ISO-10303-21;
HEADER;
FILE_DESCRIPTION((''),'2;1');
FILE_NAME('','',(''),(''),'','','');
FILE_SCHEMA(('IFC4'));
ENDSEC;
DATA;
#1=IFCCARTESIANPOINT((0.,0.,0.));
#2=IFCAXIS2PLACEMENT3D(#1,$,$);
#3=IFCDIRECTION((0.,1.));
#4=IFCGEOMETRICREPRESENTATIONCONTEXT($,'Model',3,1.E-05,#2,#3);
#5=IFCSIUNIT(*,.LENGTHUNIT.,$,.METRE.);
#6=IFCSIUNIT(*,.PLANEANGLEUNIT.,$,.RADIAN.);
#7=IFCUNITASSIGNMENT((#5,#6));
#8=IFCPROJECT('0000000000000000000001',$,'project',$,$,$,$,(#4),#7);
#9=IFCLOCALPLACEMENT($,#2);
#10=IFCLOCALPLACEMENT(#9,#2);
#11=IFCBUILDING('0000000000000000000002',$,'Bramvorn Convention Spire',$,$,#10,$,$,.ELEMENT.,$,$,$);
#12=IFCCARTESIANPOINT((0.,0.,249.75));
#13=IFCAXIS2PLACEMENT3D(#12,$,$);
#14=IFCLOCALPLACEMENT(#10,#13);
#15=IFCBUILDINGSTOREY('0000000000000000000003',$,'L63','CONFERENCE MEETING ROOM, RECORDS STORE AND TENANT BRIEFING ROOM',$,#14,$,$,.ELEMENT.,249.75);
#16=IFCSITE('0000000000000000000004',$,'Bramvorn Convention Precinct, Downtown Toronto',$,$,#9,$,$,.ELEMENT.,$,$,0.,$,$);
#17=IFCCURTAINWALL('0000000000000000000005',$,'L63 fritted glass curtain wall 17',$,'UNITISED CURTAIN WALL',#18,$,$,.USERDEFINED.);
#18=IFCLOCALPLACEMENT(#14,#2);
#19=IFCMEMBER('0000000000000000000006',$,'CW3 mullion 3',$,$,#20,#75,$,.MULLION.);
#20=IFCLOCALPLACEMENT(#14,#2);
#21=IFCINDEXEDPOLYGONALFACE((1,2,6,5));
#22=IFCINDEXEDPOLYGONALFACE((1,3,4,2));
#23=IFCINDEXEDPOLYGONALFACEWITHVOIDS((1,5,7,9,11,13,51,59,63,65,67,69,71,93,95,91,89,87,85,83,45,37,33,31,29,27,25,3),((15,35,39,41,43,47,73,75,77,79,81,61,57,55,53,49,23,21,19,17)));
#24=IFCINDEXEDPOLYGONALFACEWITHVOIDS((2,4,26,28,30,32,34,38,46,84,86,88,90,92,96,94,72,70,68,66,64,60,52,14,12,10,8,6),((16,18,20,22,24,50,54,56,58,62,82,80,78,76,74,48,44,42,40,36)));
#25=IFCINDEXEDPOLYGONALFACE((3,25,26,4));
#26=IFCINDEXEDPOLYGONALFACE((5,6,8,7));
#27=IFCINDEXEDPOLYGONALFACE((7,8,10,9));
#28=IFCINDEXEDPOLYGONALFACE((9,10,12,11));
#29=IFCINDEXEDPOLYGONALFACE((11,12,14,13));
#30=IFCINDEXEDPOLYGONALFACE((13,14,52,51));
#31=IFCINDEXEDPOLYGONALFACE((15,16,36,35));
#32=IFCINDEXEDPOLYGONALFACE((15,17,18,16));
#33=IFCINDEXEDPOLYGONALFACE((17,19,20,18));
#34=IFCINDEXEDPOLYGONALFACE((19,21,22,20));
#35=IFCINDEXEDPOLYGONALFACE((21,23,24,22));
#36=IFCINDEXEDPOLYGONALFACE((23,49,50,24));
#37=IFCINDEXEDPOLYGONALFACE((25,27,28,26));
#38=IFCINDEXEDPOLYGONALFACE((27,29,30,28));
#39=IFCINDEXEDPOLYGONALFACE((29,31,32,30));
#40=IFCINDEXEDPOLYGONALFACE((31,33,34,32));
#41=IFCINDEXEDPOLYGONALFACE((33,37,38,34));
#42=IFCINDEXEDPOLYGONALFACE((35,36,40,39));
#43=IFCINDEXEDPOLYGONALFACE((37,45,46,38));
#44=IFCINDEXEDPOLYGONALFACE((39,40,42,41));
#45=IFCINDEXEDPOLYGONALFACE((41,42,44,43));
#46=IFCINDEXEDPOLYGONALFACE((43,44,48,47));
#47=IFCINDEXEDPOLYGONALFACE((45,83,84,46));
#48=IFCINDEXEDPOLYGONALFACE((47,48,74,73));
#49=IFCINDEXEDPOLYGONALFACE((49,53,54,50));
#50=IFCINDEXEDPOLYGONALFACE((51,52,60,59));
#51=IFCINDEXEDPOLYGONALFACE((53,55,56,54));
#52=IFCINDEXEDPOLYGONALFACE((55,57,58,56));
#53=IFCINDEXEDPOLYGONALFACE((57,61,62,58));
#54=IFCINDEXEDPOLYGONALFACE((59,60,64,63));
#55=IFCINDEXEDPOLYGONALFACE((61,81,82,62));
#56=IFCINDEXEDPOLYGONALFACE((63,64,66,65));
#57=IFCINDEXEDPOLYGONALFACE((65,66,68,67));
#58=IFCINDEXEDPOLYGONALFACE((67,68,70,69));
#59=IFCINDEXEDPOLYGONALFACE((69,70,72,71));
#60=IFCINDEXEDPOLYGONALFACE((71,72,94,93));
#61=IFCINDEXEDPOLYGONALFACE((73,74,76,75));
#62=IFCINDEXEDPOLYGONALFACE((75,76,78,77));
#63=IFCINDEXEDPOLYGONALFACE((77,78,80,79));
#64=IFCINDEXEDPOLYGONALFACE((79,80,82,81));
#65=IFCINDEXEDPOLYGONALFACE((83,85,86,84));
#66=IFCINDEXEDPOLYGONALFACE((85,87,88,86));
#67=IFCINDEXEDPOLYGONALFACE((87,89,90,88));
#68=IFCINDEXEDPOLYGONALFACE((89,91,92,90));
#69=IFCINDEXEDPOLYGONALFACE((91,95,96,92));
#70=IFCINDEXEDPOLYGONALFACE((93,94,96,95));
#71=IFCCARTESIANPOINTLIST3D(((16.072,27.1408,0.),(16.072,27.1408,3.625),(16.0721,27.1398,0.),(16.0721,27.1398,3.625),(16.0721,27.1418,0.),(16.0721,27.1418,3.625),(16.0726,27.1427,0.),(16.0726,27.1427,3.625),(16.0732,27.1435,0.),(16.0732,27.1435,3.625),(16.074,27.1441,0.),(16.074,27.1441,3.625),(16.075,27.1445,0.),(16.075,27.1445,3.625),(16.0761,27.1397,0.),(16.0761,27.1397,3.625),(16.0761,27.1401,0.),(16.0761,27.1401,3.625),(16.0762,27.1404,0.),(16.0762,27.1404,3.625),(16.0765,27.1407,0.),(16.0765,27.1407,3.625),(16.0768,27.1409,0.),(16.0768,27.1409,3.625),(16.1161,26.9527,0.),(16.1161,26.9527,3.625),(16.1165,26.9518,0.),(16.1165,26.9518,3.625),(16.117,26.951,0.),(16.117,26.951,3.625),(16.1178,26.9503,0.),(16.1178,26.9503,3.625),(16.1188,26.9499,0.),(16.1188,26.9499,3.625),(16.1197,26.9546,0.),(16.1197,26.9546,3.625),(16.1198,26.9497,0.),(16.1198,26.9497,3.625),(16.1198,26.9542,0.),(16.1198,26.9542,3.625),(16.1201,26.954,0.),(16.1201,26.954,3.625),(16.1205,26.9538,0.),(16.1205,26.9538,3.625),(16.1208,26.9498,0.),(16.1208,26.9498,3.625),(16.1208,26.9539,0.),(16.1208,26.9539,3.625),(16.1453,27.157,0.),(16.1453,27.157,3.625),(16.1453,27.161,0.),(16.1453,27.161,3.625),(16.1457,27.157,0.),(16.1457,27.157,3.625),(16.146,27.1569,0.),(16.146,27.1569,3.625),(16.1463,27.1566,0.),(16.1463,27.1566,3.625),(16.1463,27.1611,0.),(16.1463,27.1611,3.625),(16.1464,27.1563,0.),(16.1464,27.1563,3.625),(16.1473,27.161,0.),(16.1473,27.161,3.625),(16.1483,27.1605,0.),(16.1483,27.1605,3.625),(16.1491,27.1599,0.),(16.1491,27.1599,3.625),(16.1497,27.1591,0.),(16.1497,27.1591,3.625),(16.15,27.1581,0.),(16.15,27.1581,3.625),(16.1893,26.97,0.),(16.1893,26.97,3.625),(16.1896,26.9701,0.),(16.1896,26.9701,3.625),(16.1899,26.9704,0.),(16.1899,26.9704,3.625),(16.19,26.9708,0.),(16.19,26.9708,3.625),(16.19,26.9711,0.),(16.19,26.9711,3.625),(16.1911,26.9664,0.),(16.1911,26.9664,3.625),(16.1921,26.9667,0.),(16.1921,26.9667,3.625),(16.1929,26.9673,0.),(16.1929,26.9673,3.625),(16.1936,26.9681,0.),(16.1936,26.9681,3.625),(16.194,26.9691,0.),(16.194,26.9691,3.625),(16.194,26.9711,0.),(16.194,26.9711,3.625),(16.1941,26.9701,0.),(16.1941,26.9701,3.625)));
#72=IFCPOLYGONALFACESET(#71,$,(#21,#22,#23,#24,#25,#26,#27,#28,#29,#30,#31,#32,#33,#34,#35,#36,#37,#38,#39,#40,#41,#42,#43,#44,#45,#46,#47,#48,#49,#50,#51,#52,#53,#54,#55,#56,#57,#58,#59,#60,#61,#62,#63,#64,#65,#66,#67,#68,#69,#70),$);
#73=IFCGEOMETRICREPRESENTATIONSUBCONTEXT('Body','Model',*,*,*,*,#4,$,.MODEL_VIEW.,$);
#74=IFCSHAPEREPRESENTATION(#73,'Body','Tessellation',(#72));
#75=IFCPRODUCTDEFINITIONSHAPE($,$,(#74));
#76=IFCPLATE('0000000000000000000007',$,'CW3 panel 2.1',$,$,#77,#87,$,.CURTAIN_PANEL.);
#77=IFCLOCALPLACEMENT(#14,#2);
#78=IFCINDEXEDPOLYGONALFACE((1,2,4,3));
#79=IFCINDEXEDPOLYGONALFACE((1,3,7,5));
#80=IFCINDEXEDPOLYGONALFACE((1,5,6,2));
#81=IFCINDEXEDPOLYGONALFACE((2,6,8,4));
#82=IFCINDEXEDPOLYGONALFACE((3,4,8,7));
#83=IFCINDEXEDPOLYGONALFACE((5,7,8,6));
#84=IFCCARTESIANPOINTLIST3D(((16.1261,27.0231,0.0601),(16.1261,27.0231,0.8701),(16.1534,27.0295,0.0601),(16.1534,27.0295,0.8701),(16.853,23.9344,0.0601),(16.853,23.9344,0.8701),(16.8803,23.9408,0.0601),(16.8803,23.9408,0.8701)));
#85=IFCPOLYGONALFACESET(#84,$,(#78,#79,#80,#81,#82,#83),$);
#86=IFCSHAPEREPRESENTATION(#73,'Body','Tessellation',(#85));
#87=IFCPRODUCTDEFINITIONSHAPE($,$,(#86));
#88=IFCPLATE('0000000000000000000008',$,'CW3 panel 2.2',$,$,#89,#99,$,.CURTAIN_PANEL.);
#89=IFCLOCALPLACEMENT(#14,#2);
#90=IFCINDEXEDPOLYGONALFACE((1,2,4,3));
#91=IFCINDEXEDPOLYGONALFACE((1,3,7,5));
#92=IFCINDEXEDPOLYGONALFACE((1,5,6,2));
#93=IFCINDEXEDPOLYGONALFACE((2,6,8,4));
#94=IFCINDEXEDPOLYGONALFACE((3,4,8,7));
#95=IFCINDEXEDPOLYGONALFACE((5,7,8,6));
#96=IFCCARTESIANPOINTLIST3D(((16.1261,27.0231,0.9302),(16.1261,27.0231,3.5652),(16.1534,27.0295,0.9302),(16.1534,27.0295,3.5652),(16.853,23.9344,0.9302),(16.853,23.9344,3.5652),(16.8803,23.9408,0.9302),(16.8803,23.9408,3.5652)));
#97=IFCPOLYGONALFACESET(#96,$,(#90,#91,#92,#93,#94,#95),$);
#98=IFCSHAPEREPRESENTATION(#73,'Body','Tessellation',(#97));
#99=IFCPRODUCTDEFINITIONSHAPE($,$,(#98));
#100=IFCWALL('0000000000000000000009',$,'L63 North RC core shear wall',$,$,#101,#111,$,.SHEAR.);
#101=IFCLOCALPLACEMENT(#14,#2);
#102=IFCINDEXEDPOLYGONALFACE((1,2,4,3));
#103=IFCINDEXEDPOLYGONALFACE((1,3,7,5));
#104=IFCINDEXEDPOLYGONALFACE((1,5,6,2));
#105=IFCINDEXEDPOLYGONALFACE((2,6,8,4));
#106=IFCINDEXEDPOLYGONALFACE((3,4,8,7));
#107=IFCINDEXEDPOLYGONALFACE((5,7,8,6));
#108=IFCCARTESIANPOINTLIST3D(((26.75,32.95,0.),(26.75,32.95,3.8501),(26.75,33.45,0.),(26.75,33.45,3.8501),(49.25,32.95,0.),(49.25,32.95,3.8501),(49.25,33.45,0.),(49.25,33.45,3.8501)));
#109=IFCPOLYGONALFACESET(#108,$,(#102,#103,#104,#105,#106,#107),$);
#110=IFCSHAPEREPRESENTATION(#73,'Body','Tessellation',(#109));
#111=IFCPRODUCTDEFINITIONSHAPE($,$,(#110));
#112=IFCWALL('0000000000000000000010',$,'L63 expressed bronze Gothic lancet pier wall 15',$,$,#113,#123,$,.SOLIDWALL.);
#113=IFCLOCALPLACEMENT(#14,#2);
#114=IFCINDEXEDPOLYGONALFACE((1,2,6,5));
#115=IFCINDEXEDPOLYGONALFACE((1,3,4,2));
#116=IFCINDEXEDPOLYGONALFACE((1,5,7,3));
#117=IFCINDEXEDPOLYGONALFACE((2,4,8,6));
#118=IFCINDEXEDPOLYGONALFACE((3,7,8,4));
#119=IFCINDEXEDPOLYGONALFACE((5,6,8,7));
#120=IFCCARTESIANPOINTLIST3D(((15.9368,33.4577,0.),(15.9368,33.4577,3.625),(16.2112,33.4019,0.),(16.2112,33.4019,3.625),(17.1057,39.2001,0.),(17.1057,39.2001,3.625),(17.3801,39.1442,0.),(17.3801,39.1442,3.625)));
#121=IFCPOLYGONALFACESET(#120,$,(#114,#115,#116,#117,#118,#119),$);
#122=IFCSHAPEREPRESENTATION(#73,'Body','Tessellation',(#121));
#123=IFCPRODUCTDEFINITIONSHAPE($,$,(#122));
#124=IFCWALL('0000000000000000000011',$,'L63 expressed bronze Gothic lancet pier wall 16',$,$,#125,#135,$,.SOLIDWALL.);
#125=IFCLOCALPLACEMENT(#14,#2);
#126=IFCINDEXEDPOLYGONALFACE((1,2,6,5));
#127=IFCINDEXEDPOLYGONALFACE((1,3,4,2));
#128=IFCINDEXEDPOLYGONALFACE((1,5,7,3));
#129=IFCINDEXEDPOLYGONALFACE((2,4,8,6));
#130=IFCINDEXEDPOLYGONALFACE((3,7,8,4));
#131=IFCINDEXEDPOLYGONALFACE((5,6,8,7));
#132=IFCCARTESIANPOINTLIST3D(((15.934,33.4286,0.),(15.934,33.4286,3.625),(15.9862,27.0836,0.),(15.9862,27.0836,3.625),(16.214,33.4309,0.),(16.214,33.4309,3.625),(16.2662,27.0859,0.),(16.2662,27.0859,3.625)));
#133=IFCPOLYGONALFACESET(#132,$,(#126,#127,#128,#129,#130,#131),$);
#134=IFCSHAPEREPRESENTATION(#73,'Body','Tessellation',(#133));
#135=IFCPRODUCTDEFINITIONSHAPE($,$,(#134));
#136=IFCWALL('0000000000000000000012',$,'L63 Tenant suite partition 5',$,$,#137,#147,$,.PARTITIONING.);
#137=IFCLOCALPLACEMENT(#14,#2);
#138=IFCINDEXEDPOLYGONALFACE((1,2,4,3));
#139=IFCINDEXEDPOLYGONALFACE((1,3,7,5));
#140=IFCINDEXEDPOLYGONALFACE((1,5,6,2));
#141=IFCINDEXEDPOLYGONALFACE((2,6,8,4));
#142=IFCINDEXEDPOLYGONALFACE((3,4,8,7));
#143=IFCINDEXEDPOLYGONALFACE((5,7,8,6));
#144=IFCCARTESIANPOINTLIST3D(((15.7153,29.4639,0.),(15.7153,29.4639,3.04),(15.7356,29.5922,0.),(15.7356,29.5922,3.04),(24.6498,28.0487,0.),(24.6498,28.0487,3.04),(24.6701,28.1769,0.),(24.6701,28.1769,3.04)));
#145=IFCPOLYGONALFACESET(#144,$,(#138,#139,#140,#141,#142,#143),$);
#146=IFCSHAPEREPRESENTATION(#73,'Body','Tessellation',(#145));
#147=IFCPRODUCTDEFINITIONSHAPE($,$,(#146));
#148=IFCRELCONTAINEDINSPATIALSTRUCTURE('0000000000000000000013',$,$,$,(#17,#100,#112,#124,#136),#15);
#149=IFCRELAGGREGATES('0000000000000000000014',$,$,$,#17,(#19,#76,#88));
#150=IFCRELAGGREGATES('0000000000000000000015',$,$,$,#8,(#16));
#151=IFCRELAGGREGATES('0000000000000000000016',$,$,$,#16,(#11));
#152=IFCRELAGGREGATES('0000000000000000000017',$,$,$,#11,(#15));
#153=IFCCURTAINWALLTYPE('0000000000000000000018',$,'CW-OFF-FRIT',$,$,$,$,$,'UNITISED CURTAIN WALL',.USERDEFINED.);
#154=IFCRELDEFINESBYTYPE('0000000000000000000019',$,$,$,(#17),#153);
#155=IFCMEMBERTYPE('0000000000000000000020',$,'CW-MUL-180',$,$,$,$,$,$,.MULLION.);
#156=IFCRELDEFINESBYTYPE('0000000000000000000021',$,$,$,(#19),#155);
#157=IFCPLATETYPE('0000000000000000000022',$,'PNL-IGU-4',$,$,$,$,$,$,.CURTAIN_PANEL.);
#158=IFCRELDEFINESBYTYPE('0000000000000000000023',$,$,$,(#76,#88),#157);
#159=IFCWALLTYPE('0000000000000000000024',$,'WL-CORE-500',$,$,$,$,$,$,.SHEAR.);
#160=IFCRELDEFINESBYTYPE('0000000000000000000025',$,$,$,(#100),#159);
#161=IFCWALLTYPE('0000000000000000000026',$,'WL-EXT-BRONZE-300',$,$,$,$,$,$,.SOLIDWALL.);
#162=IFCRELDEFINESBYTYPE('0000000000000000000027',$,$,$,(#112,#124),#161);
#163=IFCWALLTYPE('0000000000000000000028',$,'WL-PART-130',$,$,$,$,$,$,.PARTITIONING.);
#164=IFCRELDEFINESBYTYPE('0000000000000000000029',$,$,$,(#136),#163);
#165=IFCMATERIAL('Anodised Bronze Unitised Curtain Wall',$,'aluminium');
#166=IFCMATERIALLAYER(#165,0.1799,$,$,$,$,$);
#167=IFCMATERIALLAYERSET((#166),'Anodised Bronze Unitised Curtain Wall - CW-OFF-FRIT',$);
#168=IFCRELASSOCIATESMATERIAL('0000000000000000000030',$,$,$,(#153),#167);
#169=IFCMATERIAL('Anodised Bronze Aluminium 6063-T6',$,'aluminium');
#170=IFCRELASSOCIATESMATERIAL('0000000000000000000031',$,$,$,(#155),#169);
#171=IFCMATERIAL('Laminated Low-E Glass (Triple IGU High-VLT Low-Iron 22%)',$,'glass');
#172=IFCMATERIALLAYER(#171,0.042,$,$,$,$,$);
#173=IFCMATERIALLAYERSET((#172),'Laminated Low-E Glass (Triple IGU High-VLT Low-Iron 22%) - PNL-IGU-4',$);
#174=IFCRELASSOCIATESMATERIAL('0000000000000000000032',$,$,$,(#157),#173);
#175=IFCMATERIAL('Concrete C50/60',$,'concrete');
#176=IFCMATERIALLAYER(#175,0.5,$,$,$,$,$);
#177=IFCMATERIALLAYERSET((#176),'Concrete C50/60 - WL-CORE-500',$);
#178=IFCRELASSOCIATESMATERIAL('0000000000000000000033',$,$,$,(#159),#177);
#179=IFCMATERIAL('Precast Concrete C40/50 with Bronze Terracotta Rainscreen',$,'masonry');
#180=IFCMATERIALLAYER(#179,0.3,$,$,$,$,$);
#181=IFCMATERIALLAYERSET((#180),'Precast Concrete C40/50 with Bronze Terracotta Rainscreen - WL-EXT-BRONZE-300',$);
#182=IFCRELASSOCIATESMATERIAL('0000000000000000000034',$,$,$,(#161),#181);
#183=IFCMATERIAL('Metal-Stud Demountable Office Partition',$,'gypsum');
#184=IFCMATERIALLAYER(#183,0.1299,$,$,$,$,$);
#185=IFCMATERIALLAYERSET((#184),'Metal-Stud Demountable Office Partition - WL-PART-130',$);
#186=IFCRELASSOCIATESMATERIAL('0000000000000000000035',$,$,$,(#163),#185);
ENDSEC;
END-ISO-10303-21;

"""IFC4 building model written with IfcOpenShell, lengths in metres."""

from ifc_helpers import new_model, si_unit, direction, frame, frame_2d, origin, origin_2d, place, context, subcontext, project, spatial, rectangle, hollow_rectangle, extrude, material, layer, layer_set, material_profile, profile_set, type_object, element, aggregate, save


model = new_model("IFC4")

# Units and contexts
model_context = context("Model", 3, precision=1e-05, world=origin(), true_north=direction((0.0, 1.0)))
body_context = subcontext(model_context, "Body", "Model", "MODEL_VIEW")
ifc_project = project(units=[si_unit("LENGTHUNIT", "METRE"), si_unit("PLANEANGLEUNIT", "RADIAN")], contexts=[model_context])

# Site, building, storey
site_placement = place(None, origin())
site = spatial("IfcSite", under=ifc_project, at=site_placement, Name="Bramvorn Convention Precinct, Downtown Toronto", CompositionType="ELEMENT", RefElevation=0.0)
building_placement = place(site_placement, origin())
building = spatial("IfcBuilding", under=site, at=building_placement, Name="Bramvorn Convention Spire", CompositionType="ELEMENT")
storey_placement = place(building_placement, frame((0.0, 0.0, 249.75)))
storey = spatial("IfcBuildingStorey", under=building, at=storey_placement, Name="L63", Description="CONFERENCE MEETING ROOM, RECORDS STORE AND TENANT BRIEFING ROOM", CompositionType="ELEMENT", Elevation=249.75)

# Curtain wall, member, plates
ifc_material_1 = material(Name="Anodised Bronze Unitised Curtain Wall", Category="aluminium")
ifc_layer_1 = layer(ifc_material_1, 0.1799)
ifc_layer_set_1 = layer_set([ifc_layer_1], Name="Anodised Bronze Unitised Curtain Wall - CW-OFF-FRIT")
curtain_wall_type = type_object("IfcCurtainWallType", Name="CW-OFF-FRIT", ElementType="UNITISED CURTAIN WALL", PredefinedType="USERDEFINED", material=ifc_layer_set_1)
curtain_wall_placement = place(storey_placement, origin())
curtain_wall = element("IfcCurtainWall", 1, at=curtain_wall_placement, inside=storey, type_object=curtain_wall_type, Name="L63 fritted glass curtain wall 17", ObjectType="UNITISED CURTAIN WALL", PredefinedType="USERDEFINED")
ifc_material_2 = material(Name="Anodised Bronze Aluminium 6063-T6", Category="aluminium")
ifc_material_profile_1 = material_profile(ifc_material_2, hollow_rectangle(XDim=0.0801, YDim=0.2, WallThickness=0.0039, InnerFilletRadius=0.001, OuterFilletRadius=0.0039, at=origin_2d()))
ifc_profile_set_1 = profile_set([ifc_material_profile_1], Name="Anodised Bronze Aluminium 6063-T6 - CWM80X200")
member_type = type_object("IfcMemberType", Name="CW-MUL-180", PredefinedType="MULLION", material=ifc_profile_set_1)
member_placement = place(storey_placement, frame((16.1331, 27.0554, 0.0), z_axis=(0.0, 0.0, 1.0), x_axis=(-0.973408, -0.229079, 0.0)))
member = element("IfcMember", 2, at=member_placement, type_object=member_type, Name="CW3 mullion 3", PredefinedType="MULLION", context=body_context, shape_type="SweptSolid", body=[
    extrude(hollow_rectangle(XDim=0.0801, YDim=0.2, WallThickness=0.0039, InnerFilletRadius=0.001, OuterFilletRadius=0.0039, at=origin_2d()), origin(), (0.0, 0.0, 1.0), 3.625),
])
ifc_material_3 = material(Name="Laminated Low-E Glass (Triple IGU High-VLT Low-Iron 22%)", Category="glass")
ifc_layer_2 = layer(ifc_material_3, 0.042)
ifc_layer_set_2 = layer_set([ifc_layer_2], Name="Laminated Low-E Glass (Triple IGU High-VLT Low-Iron 22%) - PNL-IGU-4")
plate_type = type_object("IfcPlateType", Name="PNL-IGU-4", PredefinedType="CURTAIN_PANEL", material=ifc_layer_set_2)
plate_1_placement = place(storey_placement, frame((16.5032, 25.4819, 0.0601), z_axis=(0.0, 0.0, 1.0), x_axis=(-0.229079, 0.973408, 0.0)))
plate_1 = element("IfcPlate", 3, at=plate_1_placement, type_object=plate_type, Name="CW3 panel 2.1", PredefinedType="CURTAIN_PANEL", context=body_context, shape_type="SweptSolid", body=[
    extrude(rectangle(XDim=3.1731, YDim=0.0281, at=origin_2d()), origin(), (0.0, 0.0, 1.0), 0.8101),
])
plate_2_placement = place(storey_placement, frame((16.5032, 25.4819, 0.9302), z_axis=(0.0, 0.0, 1.0), x_axis=(-0.229079, 0.973408, 0.0)))
plate_2 = element("IfcPlate", 4, at=plate_2_placement, type_object=plate_type, Name="CW3 panel 2.2", PredefinedType="CURTAIN_PANEL", context=body_context, shape_type="SweptSolid", body=[
    extrude(rectangle(XDim=3.1731, YDim=0.0281, at=origin_2d()), origin(), (0.0, 0.0, 1.0), 2.635),
])
aggregate(curtain_wall, [member, plate_1, plate_2])

# Wall
ifc_material_4 = material(Name="Concrete C50/60", Category="concrete")
ifc_layer_3 = layer(ifc_material_4, 0.5)
ifc_layer_set_3 = layer_set([ifc_layer_3], Name="Concrete C50/60 - WL-CORE-500")
wall_type_1 = type_object("IfcWallType", Name="WL-CORE-500", PredefinedType="SHEAR", material=ifc_layer_set_3)
wall_1_placement = place(storey_placement, frame((26.75, 33.2, 0.0), z_axis=(0.0, 0.0, 1.0), x_axis=(1.0, 0.0, 0.0)))
element("IfcWall", 5, at=wall_1_placement, inside=storey, type_object=wall_type_1, Name="L63 North RC core shear wall", PredefinedType="SHEAR", context=body_context, shape_type="SweptSolid", body=[
    extrude(rectangle(XDim=22.5, YDim=0.5, at=frame_2d((11.25, 0.0))), origin(), (0.0, 0.0, 1.0), 3.8501),
])

# Walls
ifc_material_5 = material(Name="Precast Concrete C40/50 with Bronze Terracotta Rainscreen", Category="masonry")
ifc_layer_4 = layer(ifc_material_5, 0.3)
ifc_layer_set_4 = layer_set([ifc_layer_4], Name="Precast Concrete C40/50 with Bronze Terracotta Rainscreen - WL-EXT-BRONZE-300")
wall_type_2 = type_object("IfcWallType", Name="WL-EXT-BRONZE-300", PredefinedType="SOLIDWALL", material=ifc_layer_set_4)
wall_2_placement = place(storey_placement, frame((16.074, 33.4297, 0.0), z_axis=(0.0, 0.0, 1.0), x_axis=(0.199472, 0.979904, 0.0)))
element("IfcWall", 6, at=wall_2_placement, inside=storey, type_object=wall_type_2, Name="L63 expressed bronze Gothic lancet pier wall 15", PredefinedType="SOLIDWALL", context=body_context, shape_type="SweptSolid", body=[
    extrude(rectangle(XDim=5.8601, YDim=0.28, at=frame_2d((2.9302, 0.0))), origin(), (0.0, 0.0, 1.0), 3.625),
])
wall_3_placement = place(storey_placement, frame((16.1262, 27.0847, 0.0), z_axis=(0.0, 0.0, 1.0), x_axis=(-0.008234, 0.999966, 0.0)))
element("IfcWall", 7, at=wall_3_placement, inside=storey, type_object=wall_type_2, Name="L63 expressed bronze Gothic lancet pier wall 16", PredefinedType="SOLIDWALL", context=body_context, shape_type="SweptSolid", body=[
    extrude(rectangle(XDim=6.3452, YDim=0.28, at=frame_2d((3.1726, 0.0))), origin(), (0.0, 0.0, 1.0), 3.625),
])
ifc_material_6 = material(Name="Metal-Stud Demountable Office Partition", Category="gypsum")
ifc_layer_5 = layer(ifc_material_6, 0.1299)
ifc_layer_set_5 = layer_set([ifc_layer_5], Name="Metal-Stud Demountable Office Partition - WL-PART-130")
wall_type_3 = type_object("IfcWallType", Name="WL-PART-130", PredefinedType="PARTITIONING", material=ifc_layer_set_5)
wall_4_placement = place(storey_placement, frame((24.6599, 28.1128, 0.0), z_axis=(0.0, 0.0, 1.0), x_axis=(-0.987685, 0.156455, 0.0)))
element("IfcWall", 8, at=wall_4_placement, inside=storey, type_object=wall_type_3, Name="L63 Tenant suite partition 5", PredefinedType="PARTITIONING", context=body_context, shape_type="SweptSolid", body=[
    extrude(rectangle(XDim=9.0459, YDim=0.1299, at=frame_2d((4.5229, 0.0))), origin(), (0.0, 0.0, 1.0), 3.04),
])

save(model, "model.ifc")
